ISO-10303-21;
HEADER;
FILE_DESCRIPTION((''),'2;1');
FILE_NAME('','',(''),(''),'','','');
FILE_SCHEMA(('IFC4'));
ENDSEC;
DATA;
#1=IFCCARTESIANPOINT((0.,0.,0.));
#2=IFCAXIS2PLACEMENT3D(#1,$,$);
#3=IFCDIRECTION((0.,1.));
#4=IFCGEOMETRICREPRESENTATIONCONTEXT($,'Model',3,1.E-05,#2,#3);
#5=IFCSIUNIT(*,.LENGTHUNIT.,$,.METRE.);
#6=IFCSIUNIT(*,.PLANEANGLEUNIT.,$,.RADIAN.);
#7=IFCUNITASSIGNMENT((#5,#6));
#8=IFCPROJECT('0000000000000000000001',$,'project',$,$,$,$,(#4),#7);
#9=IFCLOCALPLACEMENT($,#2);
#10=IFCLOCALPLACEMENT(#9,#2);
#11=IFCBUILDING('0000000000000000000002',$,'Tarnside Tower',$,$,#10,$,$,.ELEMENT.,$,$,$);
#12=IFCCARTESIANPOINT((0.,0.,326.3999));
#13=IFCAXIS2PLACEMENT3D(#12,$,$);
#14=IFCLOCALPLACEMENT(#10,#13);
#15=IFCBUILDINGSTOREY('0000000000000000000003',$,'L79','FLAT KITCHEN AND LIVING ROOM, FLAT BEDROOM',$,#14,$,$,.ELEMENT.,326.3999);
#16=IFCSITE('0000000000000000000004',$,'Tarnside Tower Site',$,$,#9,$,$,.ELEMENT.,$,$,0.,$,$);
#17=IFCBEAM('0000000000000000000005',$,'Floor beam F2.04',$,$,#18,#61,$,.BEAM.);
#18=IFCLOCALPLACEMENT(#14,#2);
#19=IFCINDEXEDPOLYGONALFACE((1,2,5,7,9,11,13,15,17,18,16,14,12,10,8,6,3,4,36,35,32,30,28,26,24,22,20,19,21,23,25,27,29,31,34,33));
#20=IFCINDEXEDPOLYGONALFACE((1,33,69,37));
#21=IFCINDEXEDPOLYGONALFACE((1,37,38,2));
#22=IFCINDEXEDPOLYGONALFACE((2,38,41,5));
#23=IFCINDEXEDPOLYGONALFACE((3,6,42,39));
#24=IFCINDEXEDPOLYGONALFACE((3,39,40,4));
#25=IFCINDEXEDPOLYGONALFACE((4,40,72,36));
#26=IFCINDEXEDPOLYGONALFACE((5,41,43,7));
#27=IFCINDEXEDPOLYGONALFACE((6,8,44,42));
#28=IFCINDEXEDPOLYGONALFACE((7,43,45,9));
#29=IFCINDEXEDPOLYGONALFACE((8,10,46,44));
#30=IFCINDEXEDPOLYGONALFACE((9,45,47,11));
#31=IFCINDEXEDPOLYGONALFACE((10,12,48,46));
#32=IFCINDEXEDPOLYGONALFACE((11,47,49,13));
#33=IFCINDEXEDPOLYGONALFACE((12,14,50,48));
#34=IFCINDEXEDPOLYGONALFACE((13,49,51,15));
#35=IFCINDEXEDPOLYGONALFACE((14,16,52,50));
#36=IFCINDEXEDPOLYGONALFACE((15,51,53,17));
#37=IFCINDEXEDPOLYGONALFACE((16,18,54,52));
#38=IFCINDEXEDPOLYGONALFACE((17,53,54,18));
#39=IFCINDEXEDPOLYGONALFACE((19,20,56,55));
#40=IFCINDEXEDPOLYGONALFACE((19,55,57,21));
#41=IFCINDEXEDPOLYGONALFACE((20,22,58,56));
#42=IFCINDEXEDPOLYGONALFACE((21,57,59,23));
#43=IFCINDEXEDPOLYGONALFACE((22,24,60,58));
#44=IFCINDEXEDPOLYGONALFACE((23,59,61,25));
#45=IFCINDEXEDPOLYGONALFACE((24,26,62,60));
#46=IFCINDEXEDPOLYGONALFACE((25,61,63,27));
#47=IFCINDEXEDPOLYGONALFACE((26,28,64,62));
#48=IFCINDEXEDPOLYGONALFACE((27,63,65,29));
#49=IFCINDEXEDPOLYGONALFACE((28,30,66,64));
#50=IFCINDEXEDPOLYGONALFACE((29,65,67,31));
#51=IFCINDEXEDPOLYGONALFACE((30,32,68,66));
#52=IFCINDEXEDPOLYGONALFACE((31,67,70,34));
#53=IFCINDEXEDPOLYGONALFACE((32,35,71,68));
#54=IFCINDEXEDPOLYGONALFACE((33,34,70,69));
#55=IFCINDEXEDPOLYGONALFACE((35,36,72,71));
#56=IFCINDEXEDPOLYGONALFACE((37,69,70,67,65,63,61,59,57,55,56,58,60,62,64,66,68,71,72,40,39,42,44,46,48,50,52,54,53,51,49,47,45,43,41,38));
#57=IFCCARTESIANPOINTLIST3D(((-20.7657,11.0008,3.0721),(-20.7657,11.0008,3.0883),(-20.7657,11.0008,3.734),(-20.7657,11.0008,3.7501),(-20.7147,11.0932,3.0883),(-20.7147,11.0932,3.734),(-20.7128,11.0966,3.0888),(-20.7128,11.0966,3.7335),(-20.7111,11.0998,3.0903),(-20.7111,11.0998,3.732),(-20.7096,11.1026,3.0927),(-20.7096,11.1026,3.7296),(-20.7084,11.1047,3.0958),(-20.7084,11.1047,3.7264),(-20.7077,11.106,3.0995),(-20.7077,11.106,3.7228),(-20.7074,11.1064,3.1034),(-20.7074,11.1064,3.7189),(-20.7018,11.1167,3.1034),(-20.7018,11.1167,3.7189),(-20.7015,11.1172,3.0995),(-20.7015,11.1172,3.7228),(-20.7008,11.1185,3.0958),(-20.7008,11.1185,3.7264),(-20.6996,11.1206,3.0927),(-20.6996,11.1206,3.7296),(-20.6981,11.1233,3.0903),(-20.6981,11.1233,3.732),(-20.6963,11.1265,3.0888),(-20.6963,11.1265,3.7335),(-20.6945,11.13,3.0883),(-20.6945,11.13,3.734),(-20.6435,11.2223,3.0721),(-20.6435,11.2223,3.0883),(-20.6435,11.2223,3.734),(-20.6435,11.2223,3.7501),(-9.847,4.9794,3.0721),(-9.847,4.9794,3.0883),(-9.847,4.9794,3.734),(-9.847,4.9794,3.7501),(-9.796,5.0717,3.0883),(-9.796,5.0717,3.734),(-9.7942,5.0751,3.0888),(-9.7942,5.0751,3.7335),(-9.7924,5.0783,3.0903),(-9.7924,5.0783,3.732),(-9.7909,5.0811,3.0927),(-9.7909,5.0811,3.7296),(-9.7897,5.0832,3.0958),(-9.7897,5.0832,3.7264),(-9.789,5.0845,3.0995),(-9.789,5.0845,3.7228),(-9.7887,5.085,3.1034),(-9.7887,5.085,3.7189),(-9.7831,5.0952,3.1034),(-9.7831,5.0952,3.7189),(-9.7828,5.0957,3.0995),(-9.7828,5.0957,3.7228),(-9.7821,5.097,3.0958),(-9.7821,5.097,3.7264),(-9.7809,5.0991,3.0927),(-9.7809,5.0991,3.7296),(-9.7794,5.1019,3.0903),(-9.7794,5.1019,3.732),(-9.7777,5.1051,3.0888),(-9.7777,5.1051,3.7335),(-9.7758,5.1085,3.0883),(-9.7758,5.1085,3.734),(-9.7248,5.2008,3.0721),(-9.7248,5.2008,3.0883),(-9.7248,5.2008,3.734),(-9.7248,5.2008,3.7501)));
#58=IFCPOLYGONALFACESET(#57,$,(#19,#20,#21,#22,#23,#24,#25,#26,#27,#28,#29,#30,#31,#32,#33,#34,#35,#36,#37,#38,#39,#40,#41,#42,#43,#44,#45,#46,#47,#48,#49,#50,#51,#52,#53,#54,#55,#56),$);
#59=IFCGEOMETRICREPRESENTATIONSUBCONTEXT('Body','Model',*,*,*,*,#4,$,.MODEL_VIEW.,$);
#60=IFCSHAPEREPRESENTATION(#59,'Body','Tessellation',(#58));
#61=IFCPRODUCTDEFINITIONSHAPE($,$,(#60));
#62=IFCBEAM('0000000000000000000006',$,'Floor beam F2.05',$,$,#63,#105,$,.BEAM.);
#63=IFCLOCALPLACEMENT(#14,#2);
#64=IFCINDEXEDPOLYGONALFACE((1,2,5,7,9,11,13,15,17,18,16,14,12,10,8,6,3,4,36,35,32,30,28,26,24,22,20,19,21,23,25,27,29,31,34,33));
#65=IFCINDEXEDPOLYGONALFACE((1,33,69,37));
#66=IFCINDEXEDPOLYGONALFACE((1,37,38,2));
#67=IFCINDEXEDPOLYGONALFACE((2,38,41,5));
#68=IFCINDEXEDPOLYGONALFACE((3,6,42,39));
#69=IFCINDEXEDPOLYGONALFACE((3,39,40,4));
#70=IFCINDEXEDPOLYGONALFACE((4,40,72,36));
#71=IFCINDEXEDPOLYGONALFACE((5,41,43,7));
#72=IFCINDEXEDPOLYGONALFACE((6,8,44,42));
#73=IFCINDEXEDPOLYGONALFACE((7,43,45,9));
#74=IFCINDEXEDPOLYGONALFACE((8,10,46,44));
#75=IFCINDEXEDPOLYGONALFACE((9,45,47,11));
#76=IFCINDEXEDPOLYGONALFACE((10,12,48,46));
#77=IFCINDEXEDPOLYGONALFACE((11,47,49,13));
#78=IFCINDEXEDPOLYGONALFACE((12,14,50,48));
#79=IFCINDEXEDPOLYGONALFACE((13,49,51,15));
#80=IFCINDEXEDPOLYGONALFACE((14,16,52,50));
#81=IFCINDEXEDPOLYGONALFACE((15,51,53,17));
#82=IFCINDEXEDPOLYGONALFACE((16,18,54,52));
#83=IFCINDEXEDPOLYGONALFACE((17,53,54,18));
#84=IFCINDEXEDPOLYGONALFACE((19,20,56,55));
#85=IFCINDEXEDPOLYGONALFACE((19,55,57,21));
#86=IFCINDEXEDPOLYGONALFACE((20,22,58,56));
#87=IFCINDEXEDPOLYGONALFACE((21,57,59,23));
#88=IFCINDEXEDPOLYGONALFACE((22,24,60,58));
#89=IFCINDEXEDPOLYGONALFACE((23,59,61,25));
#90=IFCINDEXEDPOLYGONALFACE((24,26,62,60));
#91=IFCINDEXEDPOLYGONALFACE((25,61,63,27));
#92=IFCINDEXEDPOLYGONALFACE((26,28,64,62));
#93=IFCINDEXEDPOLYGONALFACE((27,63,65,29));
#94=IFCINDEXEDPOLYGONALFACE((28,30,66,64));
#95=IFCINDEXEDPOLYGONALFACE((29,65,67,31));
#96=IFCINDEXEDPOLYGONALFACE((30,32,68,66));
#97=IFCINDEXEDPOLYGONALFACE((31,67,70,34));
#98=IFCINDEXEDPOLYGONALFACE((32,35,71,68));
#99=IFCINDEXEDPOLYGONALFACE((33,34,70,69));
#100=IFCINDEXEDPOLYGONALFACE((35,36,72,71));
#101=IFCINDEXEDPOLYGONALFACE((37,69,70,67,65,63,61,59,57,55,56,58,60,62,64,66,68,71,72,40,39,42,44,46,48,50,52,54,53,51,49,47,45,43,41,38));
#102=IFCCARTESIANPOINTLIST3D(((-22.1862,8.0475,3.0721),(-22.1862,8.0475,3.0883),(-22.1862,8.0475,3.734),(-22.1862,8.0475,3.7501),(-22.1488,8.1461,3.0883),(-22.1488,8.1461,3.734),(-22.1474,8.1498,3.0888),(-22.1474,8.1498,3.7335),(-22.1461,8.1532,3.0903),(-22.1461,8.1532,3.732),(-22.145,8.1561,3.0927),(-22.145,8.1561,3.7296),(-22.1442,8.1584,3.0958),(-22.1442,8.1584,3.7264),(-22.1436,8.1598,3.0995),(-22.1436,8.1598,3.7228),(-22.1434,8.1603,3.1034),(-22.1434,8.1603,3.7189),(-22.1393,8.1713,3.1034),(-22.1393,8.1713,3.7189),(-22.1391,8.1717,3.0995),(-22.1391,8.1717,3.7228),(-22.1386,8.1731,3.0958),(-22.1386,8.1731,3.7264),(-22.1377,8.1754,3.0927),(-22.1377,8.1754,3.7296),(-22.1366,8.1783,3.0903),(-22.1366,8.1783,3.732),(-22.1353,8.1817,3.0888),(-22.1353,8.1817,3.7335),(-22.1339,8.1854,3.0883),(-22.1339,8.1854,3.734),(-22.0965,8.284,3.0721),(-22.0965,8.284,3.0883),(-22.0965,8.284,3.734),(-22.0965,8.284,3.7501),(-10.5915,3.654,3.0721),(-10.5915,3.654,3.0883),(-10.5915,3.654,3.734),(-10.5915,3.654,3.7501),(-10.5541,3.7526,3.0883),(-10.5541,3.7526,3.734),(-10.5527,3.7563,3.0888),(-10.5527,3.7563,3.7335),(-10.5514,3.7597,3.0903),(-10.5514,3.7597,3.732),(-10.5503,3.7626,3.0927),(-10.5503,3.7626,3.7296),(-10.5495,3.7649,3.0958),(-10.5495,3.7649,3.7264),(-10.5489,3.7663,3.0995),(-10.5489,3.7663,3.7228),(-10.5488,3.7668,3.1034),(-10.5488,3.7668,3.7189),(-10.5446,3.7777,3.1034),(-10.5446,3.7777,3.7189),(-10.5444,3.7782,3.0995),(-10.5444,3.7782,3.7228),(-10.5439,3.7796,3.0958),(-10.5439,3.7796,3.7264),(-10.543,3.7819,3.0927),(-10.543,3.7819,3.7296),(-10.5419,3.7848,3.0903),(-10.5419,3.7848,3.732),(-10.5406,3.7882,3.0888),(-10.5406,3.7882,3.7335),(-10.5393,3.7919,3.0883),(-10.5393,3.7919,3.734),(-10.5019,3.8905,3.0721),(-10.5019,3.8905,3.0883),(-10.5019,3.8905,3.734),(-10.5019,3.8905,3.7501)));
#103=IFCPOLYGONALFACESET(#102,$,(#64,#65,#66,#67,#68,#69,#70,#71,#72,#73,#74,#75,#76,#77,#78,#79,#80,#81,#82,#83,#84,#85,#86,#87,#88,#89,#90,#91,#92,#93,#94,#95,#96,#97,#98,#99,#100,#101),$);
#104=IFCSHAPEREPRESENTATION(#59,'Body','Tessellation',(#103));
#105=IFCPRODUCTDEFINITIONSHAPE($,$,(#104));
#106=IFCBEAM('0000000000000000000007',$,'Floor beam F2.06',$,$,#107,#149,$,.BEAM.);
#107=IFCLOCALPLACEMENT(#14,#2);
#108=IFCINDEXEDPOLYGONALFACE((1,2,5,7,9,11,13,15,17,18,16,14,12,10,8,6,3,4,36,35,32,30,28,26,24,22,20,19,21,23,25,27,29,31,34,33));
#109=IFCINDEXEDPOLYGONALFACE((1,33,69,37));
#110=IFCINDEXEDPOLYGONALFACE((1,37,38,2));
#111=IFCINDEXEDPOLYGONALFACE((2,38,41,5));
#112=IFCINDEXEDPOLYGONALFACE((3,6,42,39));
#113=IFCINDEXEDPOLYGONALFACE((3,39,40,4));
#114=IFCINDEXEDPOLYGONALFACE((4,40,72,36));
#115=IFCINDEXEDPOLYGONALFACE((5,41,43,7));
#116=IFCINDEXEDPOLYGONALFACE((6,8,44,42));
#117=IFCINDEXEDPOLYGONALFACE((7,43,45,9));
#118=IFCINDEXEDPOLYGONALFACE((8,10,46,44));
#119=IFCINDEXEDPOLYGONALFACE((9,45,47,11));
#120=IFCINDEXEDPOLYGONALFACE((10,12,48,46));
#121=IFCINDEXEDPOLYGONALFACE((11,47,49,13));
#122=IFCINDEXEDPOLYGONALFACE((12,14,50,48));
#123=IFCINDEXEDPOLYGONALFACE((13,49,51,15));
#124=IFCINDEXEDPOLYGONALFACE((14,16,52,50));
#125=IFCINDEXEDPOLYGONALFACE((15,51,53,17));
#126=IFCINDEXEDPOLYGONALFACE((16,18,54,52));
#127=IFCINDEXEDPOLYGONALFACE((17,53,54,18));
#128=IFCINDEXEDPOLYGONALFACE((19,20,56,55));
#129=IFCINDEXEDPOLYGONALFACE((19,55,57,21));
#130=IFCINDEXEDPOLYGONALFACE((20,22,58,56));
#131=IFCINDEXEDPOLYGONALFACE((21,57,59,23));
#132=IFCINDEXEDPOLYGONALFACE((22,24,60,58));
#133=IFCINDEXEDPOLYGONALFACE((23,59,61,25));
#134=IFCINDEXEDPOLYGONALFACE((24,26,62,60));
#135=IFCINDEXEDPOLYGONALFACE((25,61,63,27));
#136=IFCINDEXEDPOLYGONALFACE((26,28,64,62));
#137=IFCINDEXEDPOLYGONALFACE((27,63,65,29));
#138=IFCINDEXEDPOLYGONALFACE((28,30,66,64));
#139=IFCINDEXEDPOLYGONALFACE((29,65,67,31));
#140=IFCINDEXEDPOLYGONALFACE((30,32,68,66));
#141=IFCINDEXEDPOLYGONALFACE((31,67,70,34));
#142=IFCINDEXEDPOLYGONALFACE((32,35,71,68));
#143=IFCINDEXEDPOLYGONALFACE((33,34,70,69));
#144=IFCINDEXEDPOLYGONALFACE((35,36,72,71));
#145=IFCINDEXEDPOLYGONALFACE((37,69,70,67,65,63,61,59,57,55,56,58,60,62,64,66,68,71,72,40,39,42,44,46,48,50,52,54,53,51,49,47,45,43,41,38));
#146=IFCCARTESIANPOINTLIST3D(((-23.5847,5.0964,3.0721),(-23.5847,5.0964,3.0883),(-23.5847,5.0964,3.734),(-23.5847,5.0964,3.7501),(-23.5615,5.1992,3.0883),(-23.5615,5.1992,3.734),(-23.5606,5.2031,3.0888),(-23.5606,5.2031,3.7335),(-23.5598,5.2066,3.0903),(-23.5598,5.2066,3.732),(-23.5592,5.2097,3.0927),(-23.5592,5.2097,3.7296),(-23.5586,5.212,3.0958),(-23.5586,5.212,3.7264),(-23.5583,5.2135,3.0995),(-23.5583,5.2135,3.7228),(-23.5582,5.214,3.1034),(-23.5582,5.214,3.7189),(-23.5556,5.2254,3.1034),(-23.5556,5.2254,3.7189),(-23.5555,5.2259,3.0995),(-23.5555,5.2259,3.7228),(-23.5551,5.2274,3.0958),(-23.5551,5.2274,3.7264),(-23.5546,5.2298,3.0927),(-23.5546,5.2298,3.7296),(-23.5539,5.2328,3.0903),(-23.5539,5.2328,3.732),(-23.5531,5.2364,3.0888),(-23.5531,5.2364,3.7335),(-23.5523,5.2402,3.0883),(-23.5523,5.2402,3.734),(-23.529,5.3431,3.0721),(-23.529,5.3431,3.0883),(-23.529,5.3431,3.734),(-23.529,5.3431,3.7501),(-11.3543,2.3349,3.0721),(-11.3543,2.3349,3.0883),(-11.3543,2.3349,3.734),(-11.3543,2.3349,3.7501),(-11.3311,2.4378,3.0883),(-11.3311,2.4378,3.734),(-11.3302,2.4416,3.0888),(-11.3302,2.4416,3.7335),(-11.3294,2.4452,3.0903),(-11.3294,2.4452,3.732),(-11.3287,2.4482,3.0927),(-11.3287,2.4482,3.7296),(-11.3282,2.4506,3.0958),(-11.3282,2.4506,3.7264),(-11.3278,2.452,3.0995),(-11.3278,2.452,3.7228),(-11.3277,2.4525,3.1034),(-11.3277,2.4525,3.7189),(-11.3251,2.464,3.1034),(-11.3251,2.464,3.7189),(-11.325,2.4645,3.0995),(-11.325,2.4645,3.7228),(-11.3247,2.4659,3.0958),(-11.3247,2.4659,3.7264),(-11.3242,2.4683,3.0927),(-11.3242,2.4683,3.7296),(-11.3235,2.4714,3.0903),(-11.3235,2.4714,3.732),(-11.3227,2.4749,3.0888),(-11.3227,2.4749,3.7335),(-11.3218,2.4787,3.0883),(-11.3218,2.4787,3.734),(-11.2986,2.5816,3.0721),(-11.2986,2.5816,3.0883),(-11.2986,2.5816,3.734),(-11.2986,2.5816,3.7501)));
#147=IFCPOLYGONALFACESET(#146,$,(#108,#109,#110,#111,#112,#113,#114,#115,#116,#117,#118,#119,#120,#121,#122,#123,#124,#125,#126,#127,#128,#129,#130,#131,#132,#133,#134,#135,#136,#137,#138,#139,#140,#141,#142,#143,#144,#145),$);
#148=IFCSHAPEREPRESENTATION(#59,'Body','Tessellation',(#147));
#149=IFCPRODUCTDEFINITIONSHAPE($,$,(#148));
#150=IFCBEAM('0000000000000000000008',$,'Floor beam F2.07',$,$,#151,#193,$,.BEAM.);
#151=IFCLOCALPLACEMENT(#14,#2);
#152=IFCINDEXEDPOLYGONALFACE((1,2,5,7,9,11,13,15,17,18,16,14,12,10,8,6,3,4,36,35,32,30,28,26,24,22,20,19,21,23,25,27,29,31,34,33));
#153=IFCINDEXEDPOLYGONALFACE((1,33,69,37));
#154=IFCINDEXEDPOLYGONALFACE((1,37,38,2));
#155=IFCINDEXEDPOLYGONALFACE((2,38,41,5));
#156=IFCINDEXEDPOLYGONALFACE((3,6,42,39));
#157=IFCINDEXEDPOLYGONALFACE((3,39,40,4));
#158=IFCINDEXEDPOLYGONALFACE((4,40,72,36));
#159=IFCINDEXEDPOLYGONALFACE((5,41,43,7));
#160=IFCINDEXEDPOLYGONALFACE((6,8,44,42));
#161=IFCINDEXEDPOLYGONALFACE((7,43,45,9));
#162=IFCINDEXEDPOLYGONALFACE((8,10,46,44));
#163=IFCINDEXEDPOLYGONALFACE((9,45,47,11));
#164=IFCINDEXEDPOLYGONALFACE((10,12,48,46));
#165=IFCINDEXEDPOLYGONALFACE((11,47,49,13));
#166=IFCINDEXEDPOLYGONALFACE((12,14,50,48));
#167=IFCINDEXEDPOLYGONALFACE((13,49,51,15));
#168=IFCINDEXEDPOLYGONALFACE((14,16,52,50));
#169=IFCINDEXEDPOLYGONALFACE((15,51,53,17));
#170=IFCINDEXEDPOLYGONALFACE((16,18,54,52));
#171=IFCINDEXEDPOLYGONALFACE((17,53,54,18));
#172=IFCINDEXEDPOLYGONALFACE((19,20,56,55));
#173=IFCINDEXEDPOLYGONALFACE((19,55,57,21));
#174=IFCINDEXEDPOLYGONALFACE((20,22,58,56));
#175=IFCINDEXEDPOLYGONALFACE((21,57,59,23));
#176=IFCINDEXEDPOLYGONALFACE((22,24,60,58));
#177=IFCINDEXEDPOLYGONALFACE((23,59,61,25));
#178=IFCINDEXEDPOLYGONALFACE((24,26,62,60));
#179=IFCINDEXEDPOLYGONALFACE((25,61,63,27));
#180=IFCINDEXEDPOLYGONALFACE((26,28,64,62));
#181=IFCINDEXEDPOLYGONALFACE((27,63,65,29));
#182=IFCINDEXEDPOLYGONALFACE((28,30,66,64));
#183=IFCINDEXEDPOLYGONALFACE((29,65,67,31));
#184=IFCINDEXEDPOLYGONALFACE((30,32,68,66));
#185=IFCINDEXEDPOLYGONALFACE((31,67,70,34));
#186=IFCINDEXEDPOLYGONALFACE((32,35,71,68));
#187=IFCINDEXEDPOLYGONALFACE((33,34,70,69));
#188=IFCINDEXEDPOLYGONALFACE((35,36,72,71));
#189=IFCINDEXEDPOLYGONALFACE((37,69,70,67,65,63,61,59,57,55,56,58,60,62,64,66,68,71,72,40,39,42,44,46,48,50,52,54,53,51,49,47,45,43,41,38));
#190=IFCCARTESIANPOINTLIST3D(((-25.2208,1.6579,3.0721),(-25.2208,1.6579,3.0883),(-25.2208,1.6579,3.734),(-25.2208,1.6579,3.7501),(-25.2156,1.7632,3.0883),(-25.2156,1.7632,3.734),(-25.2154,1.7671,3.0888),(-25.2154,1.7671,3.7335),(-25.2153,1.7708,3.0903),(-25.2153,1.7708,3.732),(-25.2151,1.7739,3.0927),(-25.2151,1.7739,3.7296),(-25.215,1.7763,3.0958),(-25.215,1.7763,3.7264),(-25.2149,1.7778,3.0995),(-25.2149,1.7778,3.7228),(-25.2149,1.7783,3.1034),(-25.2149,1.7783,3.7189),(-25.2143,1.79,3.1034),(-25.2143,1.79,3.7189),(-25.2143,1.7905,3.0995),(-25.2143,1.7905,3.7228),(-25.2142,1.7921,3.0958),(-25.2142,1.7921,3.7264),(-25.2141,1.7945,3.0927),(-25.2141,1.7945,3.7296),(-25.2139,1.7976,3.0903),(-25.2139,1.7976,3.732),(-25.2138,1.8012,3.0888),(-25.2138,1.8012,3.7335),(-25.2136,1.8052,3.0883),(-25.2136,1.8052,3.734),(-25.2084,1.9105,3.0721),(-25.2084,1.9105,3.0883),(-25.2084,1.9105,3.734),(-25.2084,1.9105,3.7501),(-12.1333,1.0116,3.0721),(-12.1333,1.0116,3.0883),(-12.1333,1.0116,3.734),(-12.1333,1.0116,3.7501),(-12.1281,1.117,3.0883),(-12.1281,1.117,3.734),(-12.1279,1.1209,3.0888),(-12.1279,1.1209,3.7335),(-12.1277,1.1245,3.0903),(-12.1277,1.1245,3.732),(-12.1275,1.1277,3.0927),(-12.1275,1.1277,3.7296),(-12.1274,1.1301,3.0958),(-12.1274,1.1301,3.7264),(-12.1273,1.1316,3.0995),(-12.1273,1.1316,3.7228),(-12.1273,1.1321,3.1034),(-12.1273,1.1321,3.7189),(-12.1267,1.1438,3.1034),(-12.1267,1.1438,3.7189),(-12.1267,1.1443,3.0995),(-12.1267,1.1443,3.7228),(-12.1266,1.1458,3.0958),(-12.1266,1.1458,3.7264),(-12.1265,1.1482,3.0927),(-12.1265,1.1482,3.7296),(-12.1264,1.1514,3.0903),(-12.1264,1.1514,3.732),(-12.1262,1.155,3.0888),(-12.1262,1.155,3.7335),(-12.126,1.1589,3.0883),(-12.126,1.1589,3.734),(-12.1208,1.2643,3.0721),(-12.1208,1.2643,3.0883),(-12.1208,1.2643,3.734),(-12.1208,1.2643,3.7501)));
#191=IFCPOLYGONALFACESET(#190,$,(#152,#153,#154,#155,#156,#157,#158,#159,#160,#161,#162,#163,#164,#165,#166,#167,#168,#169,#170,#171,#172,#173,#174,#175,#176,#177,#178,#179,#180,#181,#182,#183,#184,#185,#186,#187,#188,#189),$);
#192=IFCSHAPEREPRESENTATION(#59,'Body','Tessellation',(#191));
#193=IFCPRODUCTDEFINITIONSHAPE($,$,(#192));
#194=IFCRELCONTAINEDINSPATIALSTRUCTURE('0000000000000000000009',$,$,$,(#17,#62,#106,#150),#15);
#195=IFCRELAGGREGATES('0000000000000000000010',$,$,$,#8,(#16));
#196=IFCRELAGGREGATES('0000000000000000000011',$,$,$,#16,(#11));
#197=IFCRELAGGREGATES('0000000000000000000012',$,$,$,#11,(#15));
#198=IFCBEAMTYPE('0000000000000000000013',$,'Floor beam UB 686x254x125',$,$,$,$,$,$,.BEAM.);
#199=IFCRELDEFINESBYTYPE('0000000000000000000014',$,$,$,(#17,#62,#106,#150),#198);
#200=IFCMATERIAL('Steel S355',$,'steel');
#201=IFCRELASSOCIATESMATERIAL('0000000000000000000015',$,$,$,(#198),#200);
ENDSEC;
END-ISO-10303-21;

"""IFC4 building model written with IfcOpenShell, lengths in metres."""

from ifc_helpers import new_model, si_unit, direction, frame, origin, origin_2d, place, context, subcontext, project, spatial, i_section, extrude, material, material_profile, profile_set, type_object, element, save


model = new_model("IFC4")

# Units and contexts
model_context = context("Model", 3, precision=1e-05, world=origin(), true_north=direction((0.0, 1.0)))
body_context = subcontext(model_context, "Body", "Model", "MODEL_VIEW")
ifc_project = project(units=[si_unit("LENGTHUNIT", "METRE"), si_unit("PLANEANGLEUNIT", "RADIAN")], contexts=[model_context])

# Site, building, storey
site_placement = place(None, origin())
site = spatial("IfcSite", under=ifc_project, at=site_placement, Name="Tarnside Tower Site", CompositionType="ELEMENT", RefElevation=0.0)
building_placement = place(site_placement, origin())
building = spatial("IfcBuilding", under=site, at=building_placement, Name="Tarnside Tower", CompositionType="ELEMENT")
storey_placement = place(building_placement, frame((0.0, 0.0, 326.3999)))
storey = spatial("IfcBuildingStorey", under=building, at=storey_placement, Name="L79", Description="FLAT KITCHEN AND LIVING ROOM, FLAT BEDROOM", CompositionType="ELEMENT", Elevation=326.3999)

# Beams
ifc_material_1 = material(Name="Steel S355", Category="steel")
ifc_material_profile_1 = material_profile(ifc_material_1, i_section(OverallWidth=0.2529, OverallDepth=0.678, WebThickness=0.0117, FlangeThickness=0.0161, FilletRadius=0.0151, at=origin_2d()), Name="UB 686x254x125")
ifc_profile_set_1 = profile_set([ifc_material_profile_1], Name="Steel S355")
beam_type_1 = type_object("IfcBeamType", Name="Floor beam UB 686x254x125", PredefinedType="BEAM", material=ifc_profile_set_1)
beam_1_placement = place(storey_placement, frame((-20.7046, 11.1116, 3.4111), z_axis=(0.875667, -0.482916, 0.0), x_axis=(0.482916, 0.875667, 0.0)))
element("IfcBeam", 1, at=beam_1_placement, inside=storey, type_object=beam_type_1, Name="Floor beam F2.04", PredefinedType="BEAM", context=body_context, shape_type="SweptSolid", body=[
    extrude(i_section(OverallWidth=0.2529, OverallDepth=0.678, WebThickness=0.0117, FlangeThickness=0.0161, FilletRadius=0.0151, at=origin_2d()), origin(), (0.0, 0.0, 1.0), 12.469),
])
beam_2_placement = place(storey_placement, frame((-22.1414, 8.1658, 3.4111), z_axis=(0.935116, -0.354341, 0.0), x_axis=(0.354341, 0.935116, 0.0)))
element("IfcBeam", 2, at=beam_2_placement, inside=storey, type_object=beam_type_1, Name="Floor beam F2.05", PredefinedType="BEAM", context=body_context, shape_type="SweptSolid", body=[
    extrude(i_section(OverallWidth=0.2529, OverallDepth=0.678, WebThickness=0.0117, FlangeThickness=0.0161, FilletRadius=0.0151, at=origin_2d()), origin(), (0.0, 0.0, 1.0), 12.3992),
])
beam_3_placement = place(storey_placement, frame((-23.5569, 5.2197, 3.4111), z_axis=(0.975445, -0.220242, 0.0), x_axis=(0.220242, 0.975445, 0.0)))
element("IfcBeam", 3, at=beam_3_placement, inside=storey, type_object=beam_type_1, Name="Floor beam F2.06", PredefinedType="BEAM", context=body_context, shape_type="SweptSolid", body=[
    extrude(i_section(OverallWidth=0.2529, OverallDepth=0.678, WebThickness=0.0117, FlangeThickness=0.0161, FilletRadius=0.0151, at=origin_2d()), origin(), (0.0, 0.0, 1.0), 12.5383),
])
beam_4_placement = place(storey_placement, frame((-25.2146, 1.7842, 3.4111), z_axis=(0.998783, -0.049318, 0.0), x_axis=(0.049318, 0.998783, 0.0)))
element("IfcBeam", 4, at=beam_4_placement, inside=storey, type_object=beam_type_1, Name="Floor beam F2.07", PredefinedType="BEAM", context=body_context, shape_type="SweptSolid", body=[
    extrude(i_section(OverallWidth=0.2529, OverallDepth=0.678, WebThickness=0.0117, FlangeThickness=0.0161, FilletRadius=0.0151, at=origin_2d()), origin(), (0.0, 0.0, 1.0), 13.1035),
])

save(model, "model.ifc")
